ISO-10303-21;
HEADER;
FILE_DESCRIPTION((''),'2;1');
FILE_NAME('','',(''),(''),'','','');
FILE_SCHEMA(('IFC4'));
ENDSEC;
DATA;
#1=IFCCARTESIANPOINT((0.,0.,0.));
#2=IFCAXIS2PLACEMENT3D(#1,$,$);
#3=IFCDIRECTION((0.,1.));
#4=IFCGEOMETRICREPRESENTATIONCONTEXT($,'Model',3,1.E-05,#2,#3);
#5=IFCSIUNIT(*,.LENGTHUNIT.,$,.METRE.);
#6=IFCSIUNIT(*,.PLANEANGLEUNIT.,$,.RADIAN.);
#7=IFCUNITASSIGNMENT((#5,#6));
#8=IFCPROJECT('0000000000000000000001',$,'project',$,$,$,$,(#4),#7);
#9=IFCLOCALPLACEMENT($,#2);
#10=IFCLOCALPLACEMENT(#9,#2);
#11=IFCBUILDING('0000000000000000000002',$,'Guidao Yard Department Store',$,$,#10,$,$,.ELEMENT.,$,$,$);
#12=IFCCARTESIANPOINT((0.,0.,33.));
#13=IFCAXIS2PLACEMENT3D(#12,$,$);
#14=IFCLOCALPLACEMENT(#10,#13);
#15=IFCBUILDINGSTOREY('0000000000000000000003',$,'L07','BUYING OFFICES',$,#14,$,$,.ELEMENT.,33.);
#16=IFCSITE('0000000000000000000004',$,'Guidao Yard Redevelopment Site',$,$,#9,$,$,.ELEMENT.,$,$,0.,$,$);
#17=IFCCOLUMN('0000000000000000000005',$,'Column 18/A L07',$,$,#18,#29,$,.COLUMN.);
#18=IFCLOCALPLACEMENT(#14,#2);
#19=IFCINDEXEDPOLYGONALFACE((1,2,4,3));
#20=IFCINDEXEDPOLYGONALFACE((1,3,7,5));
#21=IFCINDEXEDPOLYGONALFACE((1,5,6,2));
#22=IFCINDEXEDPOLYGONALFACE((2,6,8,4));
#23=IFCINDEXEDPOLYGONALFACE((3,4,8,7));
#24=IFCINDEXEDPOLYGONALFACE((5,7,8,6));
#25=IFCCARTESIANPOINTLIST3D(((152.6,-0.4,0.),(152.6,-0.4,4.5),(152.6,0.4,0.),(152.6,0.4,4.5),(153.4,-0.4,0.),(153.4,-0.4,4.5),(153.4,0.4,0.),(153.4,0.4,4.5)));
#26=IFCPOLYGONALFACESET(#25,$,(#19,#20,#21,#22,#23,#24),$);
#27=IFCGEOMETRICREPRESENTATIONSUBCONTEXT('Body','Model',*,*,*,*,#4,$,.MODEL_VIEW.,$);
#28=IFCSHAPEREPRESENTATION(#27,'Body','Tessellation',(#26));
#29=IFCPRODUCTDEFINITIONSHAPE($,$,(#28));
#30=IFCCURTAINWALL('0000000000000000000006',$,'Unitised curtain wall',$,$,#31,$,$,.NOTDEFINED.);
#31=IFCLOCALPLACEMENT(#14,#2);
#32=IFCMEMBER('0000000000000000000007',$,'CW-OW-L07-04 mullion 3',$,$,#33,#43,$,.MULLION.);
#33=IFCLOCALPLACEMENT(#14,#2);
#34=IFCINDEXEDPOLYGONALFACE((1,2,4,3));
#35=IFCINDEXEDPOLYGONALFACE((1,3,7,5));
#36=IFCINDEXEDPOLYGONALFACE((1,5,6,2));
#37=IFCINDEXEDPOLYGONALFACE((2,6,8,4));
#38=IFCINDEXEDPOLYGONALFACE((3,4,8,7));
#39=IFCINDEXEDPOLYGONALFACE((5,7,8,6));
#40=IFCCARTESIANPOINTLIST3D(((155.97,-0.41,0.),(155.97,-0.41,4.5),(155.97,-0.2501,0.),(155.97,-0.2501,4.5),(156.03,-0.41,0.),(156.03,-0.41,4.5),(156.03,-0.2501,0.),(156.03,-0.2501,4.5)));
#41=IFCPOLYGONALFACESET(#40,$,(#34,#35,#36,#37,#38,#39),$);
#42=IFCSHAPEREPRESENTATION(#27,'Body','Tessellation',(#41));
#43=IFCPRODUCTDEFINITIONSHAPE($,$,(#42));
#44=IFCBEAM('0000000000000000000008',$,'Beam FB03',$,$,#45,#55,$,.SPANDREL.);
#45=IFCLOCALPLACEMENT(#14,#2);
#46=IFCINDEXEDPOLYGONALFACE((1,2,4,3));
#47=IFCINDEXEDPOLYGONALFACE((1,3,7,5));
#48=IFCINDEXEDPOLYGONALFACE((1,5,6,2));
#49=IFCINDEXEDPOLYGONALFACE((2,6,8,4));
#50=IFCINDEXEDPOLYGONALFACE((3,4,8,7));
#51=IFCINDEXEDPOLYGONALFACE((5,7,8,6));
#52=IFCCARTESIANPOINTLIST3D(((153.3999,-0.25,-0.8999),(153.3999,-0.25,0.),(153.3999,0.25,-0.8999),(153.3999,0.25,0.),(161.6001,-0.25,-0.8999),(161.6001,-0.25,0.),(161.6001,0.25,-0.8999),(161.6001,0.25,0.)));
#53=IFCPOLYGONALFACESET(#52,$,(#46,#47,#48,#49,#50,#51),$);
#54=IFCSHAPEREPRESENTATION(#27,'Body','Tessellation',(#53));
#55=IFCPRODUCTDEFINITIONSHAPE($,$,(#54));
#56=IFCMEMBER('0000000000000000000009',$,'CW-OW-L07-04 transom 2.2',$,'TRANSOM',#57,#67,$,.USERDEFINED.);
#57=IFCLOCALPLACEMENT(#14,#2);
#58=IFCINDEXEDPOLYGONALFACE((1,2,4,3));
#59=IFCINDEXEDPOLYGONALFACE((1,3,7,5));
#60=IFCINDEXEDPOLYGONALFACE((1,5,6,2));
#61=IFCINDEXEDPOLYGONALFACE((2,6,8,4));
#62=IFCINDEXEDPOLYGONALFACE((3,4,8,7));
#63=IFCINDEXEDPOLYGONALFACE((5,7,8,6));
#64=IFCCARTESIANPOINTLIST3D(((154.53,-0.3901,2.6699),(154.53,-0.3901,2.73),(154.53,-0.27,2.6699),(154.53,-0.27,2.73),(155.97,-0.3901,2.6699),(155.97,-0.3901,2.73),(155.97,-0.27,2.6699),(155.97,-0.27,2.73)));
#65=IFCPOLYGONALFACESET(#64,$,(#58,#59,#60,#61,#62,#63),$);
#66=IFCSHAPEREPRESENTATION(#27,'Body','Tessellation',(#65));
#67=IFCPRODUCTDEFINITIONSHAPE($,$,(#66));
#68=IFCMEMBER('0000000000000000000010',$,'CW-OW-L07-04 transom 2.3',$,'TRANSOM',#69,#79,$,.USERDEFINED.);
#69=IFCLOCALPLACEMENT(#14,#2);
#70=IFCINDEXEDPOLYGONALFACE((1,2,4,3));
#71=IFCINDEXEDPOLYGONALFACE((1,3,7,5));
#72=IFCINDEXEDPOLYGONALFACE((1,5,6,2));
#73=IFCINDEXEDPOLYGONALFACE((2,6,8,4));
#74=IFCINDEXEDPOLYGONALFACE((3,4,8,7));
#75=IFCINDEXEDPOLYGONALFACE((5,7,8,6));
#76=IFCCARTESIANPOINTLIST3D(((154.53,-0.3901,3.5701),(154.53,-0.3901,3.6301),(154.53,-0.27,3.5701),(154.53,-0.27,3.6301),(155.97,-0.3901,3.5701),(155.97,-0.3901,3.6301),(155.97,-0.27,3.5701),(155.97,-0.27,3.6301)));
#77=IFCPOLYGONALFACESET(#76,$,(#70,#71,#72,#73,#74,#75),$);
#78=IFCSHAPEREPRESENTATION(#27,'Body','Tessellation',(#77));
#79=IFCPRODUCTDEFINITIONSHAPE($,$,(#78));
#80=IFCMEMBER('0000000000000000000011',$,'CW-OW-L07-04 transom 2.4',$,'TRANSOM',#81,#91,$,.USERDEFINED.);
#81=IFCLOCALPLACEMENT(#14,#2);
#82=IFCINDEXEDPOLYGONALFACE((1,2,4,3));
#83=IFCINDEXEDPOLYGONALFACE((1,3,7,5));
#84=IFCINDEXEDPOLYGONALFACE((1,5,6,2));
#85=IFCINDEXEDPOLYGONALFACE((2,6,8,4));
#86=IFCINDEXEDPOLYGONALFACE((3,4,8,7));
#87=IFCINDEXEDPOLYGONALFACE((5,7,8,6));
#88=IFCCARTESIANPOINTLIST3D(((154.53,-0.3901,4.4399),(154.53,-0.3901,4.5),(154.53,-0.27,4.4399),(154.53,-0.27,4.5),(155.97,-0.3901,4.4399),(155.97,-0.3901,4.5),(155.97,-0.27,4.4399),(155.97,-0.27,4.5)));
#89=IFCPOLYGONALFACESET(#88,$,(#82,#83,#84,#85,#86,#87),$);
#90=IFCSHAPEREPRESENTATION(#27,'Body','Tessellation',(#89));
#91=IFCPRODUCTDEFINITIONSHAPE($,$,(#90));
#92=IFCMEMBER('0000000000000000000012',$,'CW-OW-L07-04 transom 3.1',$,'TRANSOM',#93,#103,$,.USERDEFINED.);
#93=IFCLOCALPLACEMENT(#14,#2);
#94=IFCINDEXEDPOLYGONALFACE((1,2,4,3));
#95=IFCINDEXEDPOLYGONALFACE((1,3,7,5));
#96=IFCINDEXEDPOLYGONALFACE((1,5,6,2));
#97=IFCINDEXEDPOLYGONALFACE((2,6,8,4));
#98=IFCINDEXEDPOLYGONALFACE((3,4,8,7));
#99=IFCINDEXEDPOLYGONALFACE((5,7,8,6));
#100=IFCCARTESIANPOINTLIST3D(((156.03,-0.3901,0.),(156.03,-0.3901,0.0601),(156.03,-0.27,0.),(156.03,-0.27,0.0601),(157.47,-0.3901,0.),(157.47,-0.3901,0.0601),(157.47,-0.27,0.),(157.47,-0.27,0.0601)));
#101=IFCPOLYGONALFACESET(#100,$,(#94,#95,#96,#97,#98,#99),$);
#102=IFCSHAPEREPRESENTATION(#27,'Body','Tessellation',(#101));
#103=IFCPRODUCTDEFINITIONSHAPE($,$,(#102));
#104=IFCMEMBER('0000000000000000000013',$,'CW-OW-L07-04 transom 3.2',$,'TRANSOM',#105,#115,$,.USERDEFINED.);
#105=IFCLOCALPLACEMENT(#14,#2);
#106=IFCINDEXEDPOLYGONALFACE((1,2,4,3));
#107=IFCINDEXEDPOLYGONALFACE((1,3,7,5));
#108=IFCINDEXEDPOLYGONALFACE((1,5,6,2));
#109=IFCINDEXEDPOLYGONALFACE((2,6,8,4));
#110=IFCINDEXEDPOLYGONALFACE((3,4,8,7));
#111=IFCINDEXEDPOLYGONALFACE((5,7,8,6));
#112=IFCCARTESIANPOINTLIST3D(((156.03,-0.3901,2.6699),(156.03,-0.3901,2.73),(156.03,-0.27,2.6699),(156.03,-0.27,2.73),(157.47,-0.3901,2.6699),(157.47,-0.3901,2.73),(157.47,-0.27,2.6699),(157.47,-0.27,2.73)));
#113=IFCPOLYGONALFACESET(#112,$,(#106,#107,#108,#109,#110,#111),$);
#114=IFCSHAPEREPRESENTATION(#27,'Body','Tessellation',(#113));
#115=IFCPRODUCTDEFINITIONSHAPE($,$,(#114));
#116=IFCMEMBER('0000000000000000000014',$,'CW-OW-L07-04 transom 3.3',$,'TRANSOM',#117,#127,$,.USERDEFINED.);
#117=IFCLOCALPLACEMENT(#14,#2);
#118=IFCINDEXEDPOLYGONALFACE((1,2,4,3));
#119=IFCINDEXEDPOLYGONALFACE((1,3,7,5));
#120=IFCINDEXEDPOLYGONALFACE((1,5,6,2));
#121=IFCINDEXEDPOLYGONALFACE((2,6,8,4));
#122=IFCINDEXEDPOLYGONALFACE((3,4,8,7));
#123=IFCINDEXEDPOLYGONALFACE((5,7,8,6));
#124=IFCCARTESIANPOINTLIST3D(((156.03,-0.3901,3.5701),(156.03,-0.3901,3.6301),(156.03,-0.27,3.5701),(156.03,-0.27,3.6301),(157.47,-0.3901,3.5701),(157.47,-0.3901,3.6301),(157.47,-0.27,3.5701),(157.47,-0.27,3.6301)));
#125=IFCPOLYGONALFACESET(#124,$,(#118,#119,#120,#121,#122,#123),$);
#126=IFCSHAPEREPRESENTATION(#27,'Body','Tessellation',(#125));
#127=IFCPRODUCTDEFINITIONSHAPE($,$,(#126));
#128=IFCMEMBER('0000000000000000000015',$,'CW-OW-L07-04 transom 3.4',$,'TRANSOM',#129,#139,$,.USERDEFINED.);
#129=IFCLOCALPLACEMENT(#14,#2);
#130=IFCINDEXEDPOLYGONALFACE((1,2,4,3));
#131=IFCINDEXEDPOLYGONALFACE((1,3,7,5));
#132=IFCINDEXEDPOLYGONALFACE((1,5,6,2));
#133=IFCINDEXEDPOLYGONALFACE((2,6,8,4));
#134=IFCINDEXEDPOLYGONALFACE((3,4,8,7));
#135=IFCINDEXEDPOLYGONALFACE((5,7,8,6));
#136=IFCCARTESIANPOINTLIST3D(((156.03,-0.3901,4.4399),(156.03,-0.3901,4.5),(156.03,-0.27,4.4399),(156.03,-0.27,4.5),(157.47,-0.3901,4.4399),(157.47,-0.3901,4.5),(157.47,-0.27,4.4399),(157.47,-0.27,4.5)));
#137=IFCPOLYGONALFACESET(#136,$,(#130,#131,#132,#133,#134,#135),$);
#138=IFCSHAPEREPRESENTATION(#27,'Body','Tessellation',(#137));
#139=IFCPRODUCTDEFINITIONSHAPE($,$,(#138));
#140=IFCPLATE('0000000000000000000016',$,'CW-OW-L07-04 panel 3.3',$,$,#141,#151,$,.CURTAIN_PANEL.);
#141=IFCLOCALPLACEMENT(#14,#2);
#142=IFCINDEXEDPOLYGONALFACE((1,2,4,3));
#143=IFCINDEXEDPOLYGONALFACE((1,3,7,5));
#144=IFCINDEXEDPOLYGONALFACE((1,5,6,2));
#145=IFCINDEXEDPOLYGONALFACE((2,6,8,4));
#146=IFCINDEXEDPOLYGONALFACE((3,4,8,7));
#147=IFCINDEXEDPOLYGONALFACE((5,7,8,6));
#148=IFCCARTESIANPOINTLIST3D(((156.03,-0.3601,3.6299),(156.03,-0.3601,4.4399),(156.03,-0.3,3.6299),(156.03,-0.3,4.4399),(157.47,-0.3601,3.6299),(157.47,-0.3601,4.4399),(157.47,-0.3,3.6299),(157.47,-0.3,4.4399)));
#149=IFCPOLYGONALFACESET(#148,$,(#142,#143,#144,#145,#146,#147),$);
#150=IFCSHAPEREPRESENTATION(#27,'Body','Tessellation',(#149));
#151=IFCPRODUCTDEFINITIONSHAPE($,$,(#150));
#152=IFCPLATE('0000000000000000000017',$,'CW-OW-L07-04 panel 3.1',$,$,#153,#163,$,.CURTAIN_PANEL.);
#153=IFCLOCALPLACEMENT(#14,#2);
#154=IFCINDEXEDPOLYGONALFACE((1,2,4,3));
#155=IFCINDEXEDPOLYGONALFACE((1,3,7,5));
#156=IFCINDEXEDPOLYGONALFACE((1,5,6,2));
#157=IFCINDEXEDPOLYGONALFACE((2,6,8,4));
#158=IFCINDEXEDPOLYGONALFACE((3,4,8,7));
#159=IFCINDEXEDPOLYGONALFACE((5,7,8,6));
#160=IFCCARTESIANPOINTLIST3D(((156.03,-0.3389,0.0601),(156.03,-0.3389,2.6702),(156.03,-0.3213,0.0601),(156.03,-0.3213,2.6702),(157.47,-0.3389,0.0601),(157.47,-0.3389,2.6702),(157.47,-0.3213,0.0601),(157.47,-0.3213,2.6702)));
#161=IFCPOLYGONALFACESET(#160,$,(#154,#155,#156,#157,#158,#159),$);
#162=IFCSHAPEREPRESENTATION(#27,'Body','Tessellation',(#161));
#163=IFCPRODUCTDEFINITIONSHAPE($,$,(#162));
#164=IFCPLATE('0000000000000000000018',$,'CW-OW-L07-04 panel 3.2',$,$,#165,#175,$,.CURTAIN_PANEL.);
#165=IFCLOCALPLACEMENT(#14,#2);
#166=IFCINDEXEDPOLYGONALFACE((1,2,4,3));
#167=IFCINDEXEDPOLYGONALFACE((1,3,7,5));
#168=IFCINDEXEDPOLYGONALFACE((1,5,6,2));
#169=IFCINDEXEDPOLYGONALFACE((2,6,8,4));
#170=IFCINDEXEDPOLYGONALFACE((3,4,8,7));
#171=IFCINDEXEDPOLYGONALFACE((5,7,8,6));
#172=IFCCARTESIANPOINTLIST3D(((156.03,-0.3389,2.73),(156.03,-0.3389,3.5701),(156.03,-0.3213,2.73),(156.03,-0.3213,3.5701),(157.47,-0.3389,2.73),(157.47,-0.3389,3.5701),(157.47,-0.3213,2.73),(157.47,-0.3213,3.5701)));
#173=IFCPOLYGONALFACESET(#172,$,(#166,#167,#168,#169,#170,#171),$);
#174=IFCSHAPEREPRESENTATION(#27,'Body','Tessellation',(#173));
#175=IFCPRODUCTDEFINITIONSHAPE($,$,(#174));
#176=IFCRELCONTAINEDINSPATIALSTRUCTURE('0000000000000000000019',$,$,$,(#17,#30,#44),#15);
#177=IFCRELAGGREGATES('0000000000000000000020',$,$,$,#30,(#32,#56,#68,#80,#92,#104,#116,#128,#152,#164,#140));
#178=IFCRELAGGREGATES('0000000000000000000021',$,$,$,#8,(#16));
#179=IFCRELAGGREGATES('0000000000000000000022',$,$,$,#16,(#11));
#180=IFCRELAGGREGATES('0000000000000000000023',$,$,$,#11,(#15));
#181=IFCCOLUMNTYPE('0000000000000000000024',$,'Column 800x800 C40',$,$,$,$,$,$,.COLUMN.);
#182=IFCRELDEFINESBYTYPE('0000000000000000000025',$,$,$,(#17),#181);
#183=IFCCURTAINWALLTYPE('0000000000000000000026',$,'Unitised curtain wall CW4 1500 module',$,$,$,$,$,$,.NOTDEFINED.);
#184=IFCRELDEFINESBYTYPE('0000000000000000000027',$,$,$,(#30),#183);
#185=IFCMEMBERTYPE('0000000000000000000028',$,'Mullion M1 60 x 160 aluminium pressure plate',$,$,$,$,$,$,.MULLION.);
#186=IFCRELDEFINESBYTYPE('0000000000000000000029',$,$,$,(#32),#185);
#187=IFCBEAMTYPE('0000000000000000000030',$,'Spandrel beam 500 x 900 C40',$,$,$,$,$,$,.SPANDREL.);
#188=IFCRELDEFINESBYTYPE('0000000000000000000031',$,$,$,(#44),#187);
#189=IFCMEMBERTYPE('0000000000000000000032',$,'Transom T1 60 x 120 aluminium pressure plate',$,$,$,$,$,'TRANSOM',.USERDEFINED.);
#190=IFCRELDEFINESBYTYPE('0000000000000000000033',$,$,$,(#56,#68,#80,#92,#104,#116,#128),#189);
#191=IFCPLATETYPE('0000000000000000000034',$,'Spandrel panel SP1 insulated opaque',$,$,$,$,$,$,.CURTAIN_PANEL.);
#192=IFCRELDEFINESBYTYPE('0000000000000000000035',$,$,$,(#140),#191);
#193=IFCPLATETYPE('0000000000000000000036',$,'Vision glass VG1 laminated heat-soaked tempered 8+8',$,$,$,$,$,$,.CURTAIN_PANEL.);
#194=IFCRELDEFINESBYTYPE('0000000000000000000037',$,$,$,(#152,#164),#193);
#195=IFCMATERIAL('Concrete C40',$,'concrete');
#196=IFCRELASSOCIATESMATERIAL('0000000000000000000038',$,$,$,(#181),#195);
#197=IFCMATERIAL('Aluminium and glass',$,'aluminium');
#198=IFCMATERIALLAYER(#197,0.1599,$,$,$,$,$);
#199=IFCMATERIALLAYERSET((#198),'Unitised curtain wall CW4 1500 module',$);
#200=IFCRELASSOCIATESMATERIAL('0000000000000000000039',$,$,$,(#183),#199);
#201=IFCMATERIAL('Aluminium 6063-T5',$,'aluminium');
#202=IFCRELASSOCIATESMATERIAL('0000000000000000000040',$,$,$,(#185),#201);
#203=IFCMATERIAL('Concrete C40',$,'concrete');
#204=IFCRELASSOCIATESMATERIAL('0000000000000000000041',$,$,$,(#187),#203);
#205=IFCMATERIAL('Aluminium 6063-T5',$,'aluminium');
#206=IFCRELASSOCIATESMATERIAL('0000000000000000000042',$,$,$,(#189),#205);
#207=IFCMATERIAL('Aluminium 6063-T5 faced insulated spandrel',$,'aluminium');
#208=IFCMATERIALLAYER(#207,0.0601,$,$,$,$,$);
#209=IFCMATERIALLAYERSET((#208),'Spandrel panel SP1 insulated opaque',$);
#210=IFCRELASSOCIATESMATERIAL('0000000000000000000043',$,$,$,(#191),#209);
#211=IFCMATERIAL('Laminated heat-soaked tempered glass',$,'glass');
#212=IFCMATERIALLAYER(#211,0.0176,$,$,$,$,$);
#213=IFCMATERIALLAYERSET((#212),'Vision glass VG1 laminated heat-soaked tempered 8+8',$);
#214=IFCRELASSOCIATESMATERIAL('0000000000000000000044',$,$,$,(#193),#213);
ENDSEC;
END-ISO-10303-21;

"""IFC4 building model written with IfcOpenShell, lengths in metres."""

from ifc_helpers import new_model, si_unit, direction, frame, origin, origin_2d, place, context, subcontext, project, spatial, rectangle, extrude, material, layer, layer_set, material_profile, profile_set, type_object, element, aggregate, save


model = new_model("IFC4")

# Units and contexts
model_context = context("Model", 3, precision=1e-05, world=origin(), true_north=direction((0.0, 1.0)))
body_context = subcontext(model_context, "Body", "Model", "MODEL_VIEW")
ifc_project = project(units=[si_unit("LENGTHUNIT", "METRE"), si_unit("PLANEANGLEUNIT", "RADIAN")], contexts=[model_context])

# Site, building, storey
site_placement = place(None, origin())
site = spatial("IfcSite", under=ifc_project, at=site_placement, Name="Guidao Yard Redevelopment Site", CompositionType="ELEMENT", RefElevation=0.0)
building_placement = place(site_placement, origin())
building = spatial("IfcBuilding", under=site, at=building_placement, Name="Guidao Yard Department Store", CompositionType="ELEMENT")
storey_placement = place(building_placement, frame((0.0, 0.0, 33.0)))
storey = spatial("IfcBuildingStorey", under=building, at=storey_placement, Name="L07", Description="BUYING OFFICES", CompositionType="ELEMENT", Elevation=33.0)

# Column
ifc_material_1 = material(Name="Concrete C40", Category="concrete")
ifc_material_profile_1 = material_profile(ifc_material_1, rectangle(XDim=0.8, YDim=0.8, at=origin_2d()), Name="COL 800x800")
ifc_profile_set_1 = profile_set([ifc_material_profile_1], Name="Concrete C40")
column_type = type_object("IfcColumnType", Name="Column 800x800 C40", PredefinedType="COLUMN", material=ifc_profile_set_1)
column_placement = place(storey_placement, frame((153.0, 0.0, 0.0), z_axis=(0.0, 0.0, 1.0), x_axis=(1.0, 0.0, 0.0)))
element("IfcColumn", 1, at=column_placement, inside=storey, type_object=column_type, Name="Column 18/A L07", PredefinedType="COLUMN", context=body_context, shape_type="SweptSolid", body=[
    extrude(rectangle(XDim=0.8, YDim=0.8, at=origin_2d()), origin(), (0.0, 0.0, 1.0), 4.5),
])

# Curtain wall, member
ifc_material_2 = material(Name="Aluminium and glass", Category="aluminium")
ifc_layer_1 = layer(ifc_material_2, 0.1599)
ifc_layer_set_1 = layer_set([ifc_layer_1], Name="Unitised curtain wall CW4 1500 module")
curtain_wall_type = type_object("IfcCurtainWallType", Name="Unitised curtain wall CW4 1500 module", PredefinedType="NOTDEFINED", material=ifc_layer_set_1)
curtain_wall_placement = place(storey_placement, origin())
curtain_wall = element("IfcCurtainWall", 2, at=curtain_wall_placement, inside=storey, type_object=curtain_wall_type, Name="Unitised curtain wall", PredefinedType="NOTDEFINED")
ifc_material_3 = material(Name="Aluminium 6063-T5", Category="aluminium")
ifc_material_profile_2 = material_profile(ifc_material_3, rectangle(XDim=0.0601, YDim=0.1599, at=origin_2d()), Name="Mullion M1 60 x 160 aluminium pressure plate")
ifc_profile_set_2 = profile_set([ifc_material_profile_2], Name="Aluminium 6063-T5")
member_type_1 = type_object("IfcMemberType", Name="Mullion M1 60 x 160 aluminium pressure plate", PredefinedType="MULLION", material=ifc_profile_set_2)
member_1_placement = place(storey_placement, frame((156.0, -0.3301, 0.0), z_axis=(0.0, 0.0, 1.0), x_axis=(-1.0, 0.0, 0.0)))
member_1 = element("IfcMember", 3, at=member_1_placement, type_object=member_type_1, Name="CW-OW-L07-04 mullion 3", PredefinedType="MULLION", context=body_context, shape_type="SweptSolid", body=[
    extrude(rectangle(XDim=0.0601, YDim=0.1599, at=origin_2d()), origin(), (0.0, 0.0, 1.0), 4.5),
])

# Beam
ifc_material_4 = material(Name="Concrete C40", Category="concrete")
ifc_material_profile_3 = material_profile(ifc_material_4, rectangle(XDim=0.5, YDim=0.8999, at=origin_2d()), Name="Spandrel beam 500 x 900 C40")
ifc_profile_set_3 = profile_set([ifc_material_profile_3], Name="Concrete C40")
beam_type = type_object("IfcBeamType", Name="Spandrel beam 500 x 900 C40", PredefinedType="SPANDREL", material=ifc_profile_set_3)
beam_placement = place(storey_placement, frame((153.3999, 0.0, -0.45), z_axis=(1.0, 0.0, 0.0), x_axis=(0.0, 1.0, 0.0)))
element("IfcBeam", 4, at=beam_placement, inside=storey, type_object=beam_type, Name="Beam FB03", PredefinedType="SPANDREL", context=body_context, shape_type="SweptSolid", body=[
    extrude(rectangle(XDim=0.5, YDim=0.8999, at=origin_2d()), origin(), (0.0, 0.0, 1.0), 8.2002),
])

# Members
ifc_material_5 = material(Name="Aluminium 6063-T5", Category="aluminium")
ifc_material_profile_4 = material_profile(ifc_material_5, rectangle(XDim=0.1201, YDim=0.0601, at=origin_2d()), Name="Transom T1 60 x 120 aluminium pressure plate")
ifc_profile_set_4 = profile_set([ifc_material_profile_4], Name="Aluminium 6063-T5")
member_type_2 = type_object("IfcMemberType", Name="Transom T1 60 x 120 aluminium pressure plate", ElementType="TRANSOM", PredefinedType="USERDEFINED", material=ifc_profile_set_4)
member_2_placement = place(storey_placement, frame((155.97, -0.3301, 2.7), z_axis=(-1.0, 0.0, 0.0), x_axis=(0.0, -1.0, 0.0)))
member_2 = element("IfcMember", 5, at=member_2_placement, type_object=member_type_2, Name="CW-OW-L07-04 transom 2.2", ObjectType="TRANSOM", PredefinedType="USERDEFINED", context=body_context, shape_type="SweptSolid", body=[
    extrude(rectangle(XDim=0.1201, YDim=0.0601, at=origin_2d()), origin(), (0.0, 0.0, 1.0), 1.4399),
])
member_3_placement = place(storey_placement, frame((155.97, -0.3301, 3.6001), z_axis=(-1.0, 0.0, 0.0), x_axis=(0.0, -1.0, 0.0)))
member_3 = element("IfcMember", 6, at=member_3_placement, type_object=member_type_2, Name="CW-OW-L07-04 transom 2.3", ObjectType="TRANSOM", PredefinedType="USERDEFINED", context=body_context, shape_type="SweptSolid", body=[
    extrude(rectangle(XDim=0.1201, YDim=0.0601, at=origin_2d()), origin(), (0.0, 0.0, 1.0), 1.4399),
])
member_4_placement = place(storey_placement, frame((155.97, -0.3301, 4.47), z_axis=(-1.0, 0.0, 0.0), x_axis=(0.0, -1.0, 0.0)))
member_4 = element("IfcMember", 7, at=member_4_placement, type_object=member_type_2, Name="CW-OW-L07-04 transom 2.4", ObjectType="TRANSOM", PredefinedType="USERDEFINED", context=body_context, shape_type="SweptSolid", body=[
    extrude(rectangle(XDim=0.1201, YDim=0.0601, at=origin_2d()), origin(), (0.0, 0.0, 1.0), 1.4399),
])
member_5_placement = place(storey_placement, frame((157.47, -0.3301, 0.03), z_axis=(-1.0, 0.0, 0.0), x_axis=(0.0, -1.0, 0.0)))
member_5 = element("IfcMember", 8, at=member_5_placement, type_object=member_type_2, Name="CW-OW-L07-04 transom 3.1", ObjectType="TRANSOM", PredefinedType="USERDEFINED", context=body_context, shape_type="SweptSolid", body=[
    extrude(rectangle(XDim=0.1201, YDim=0.0601, at=origin_2d()), origin(), (0.0, 0.0, 1.0), 1.4399),
])
member_6_placement = place(storey_placement, frame((157.47, -0.3301, 2.7), z_axis=(-1.0, 0.0, 0.0), x_axis=(0.0, -1.0, 0.0)))
member_6 = element("IfcMember", 9, at=member_6_placement, type_object=member_type_2, Name="CW-OW-L07-04 transom 3.2", ObjectType="TRANSOM", PredefinedType="USERDEFINED", context=body_context, shape_type="SweptSolid", body=[
    extrude(rectangle(XDim=0.1201, YDim=0.0601, at=origin_2d()), origin(), (0.0, 0.0, 1.0), 1.4399),
])
member_7_placement = place(storey_placement, frame((157.47, -0.3301, 3.6001), z_axis=(-1.0, 0.0, 0.0), x_axis=(0.0, -1.0, 0.0)))
member_7 = element("IfcMember", 10, at=member_7_placement, type_object=member_type_2, Name="CW-OW-L07-04 transom 3.3", ObjectType="TRANSOM", PredefinedType="USERDEFINED", context=body_context, shape_type="SweptSolid", body=[
    extrude(rectangle(XDim=0.1201, YDim=0.0601, at=origin_2d()), origin(), (0.0, 0.0, 1.0), 1.4399),
])
member_8_placement = place(storey_placement, frame((157.47, -0.3301, 4.47), z_axis=(-1.0, 0.0, 0.0), x_axis=(0.0, -1.0, 0.0)))
member_8 = element("IfcMember", 11, at=member_8_placement, type_object=member_type_2, Name="CW-OW-L07-04 transom 3.4", ObjectType="TRANSOM", PredefinedType="USERDEFINED", context=body_context, shape_type="SweptSolid", body=[
    extrude(rectangle(XDim=0.1201, YDim=0.0601, at=origin_2d()), origin(), (0.0, 0.0, 1.0), 1.4399),
])

# Plates
ifc_material_6 = material(Name="Aluminium 6063-T5 faced insulated spandrel", Category="aluminium")
ifc_layer_2 = layer(ifc_material_6, 0.0601)
ifc_layer_set_2 = layer_set([ifc_layer_2], Name="Spandrel panel SP1 insulated opaque")
plate_type_1 = type_object("IfcPlateType", Name="Spandrel panel SP1 insulated opaque", PredefinedType="CURTAIN_PANEL", material=ifc_layer_set_2)
plate_1_placement = place(storey_placement, frame((156.75, -0.3301, 3.6299), z_axis=(0.0, 0.0, 1.0), x_axis=(-1.0, 0.0, 0.0)))
plate_1 = element("IfcPlate", 12, at=plate_1_placement, type_object=plate_type_1, Name="CW-OW-L07-04 panel 3.3", PredefinedType="CURTAIN_PANEL", context=body_context, shape_type="SweptSolid", body=[
    extrude(rectangle(XDim=1.4399, YDim=0.0601, at=origin_2d()), origin(), (0.0, 0.0, 1.0), 0.8101),
])
ifc_material_7 = material(Name="Laminated heat-soaked tempered glass", Category="glass")
ifc_layer_3 = layer(ifc_material_7, 0.0176)
ifc_layer_set_3 = layer_set([ifc_layer_3], Name="Vision glass VG1 laminated heat-soaked tempered 8+8")
plate_type_2 = type_object("IfcPlateType", Name="Vision glass VG1 laminated heat-soaked tempered 8+8", PredefinedType="CURTAIN_PANEL", material=ifc_layer_set_3)
plate_2_placement = place(storey_placement, frame((156.75, -0.3301, 0.0601), z_axis=(0.0, 0.0, 1.0), x_axis=(-1.0, 0.0, 0.0)))
plate_2 = element("IfcPlate", 13, at=plate_2_placement, type_object=plate_type_2, Name="CW-OW-L07-04 panel 3.1", PredefinedType="CURTAIN_PANEL", context=body_context, shape_type="SweptSolid", body=[
    extrude(rectangle(XDim=1.4399, YDim=0.0176, at=origin_2d()), origin(), (0.0, 0.0, 1.0), 2.6101),
])
plate_3_placement = place(storey_placement, frame((156.75, -0.3301, 2.73), z_axis=(0.0, 0.0, 1.0), x_axis=(-1.0, 0.0, 0.0)))
plate_3 = element("IfcPlate", 14, at=plate_3_placement, type_object=plate_type_2, Name="CW-OW-L07-04 panel 3.2", PredefinedType="CURTAIN_PANEL", context=body_context, shape_type="SweptSolid", body=[
    extrude(rectangle(XDim=1.4399, YDim=0.0176, at=origin_2d()), origin(), (0.0, 0.0, 1.0), 0.8401),
])
aggregate(curtain_wall, [member_1, member_2, member_3, member_4, member_5, member_6, member_7, member_8, plate_2, plate_3, plate_1])

save(model, "model.ifc")
